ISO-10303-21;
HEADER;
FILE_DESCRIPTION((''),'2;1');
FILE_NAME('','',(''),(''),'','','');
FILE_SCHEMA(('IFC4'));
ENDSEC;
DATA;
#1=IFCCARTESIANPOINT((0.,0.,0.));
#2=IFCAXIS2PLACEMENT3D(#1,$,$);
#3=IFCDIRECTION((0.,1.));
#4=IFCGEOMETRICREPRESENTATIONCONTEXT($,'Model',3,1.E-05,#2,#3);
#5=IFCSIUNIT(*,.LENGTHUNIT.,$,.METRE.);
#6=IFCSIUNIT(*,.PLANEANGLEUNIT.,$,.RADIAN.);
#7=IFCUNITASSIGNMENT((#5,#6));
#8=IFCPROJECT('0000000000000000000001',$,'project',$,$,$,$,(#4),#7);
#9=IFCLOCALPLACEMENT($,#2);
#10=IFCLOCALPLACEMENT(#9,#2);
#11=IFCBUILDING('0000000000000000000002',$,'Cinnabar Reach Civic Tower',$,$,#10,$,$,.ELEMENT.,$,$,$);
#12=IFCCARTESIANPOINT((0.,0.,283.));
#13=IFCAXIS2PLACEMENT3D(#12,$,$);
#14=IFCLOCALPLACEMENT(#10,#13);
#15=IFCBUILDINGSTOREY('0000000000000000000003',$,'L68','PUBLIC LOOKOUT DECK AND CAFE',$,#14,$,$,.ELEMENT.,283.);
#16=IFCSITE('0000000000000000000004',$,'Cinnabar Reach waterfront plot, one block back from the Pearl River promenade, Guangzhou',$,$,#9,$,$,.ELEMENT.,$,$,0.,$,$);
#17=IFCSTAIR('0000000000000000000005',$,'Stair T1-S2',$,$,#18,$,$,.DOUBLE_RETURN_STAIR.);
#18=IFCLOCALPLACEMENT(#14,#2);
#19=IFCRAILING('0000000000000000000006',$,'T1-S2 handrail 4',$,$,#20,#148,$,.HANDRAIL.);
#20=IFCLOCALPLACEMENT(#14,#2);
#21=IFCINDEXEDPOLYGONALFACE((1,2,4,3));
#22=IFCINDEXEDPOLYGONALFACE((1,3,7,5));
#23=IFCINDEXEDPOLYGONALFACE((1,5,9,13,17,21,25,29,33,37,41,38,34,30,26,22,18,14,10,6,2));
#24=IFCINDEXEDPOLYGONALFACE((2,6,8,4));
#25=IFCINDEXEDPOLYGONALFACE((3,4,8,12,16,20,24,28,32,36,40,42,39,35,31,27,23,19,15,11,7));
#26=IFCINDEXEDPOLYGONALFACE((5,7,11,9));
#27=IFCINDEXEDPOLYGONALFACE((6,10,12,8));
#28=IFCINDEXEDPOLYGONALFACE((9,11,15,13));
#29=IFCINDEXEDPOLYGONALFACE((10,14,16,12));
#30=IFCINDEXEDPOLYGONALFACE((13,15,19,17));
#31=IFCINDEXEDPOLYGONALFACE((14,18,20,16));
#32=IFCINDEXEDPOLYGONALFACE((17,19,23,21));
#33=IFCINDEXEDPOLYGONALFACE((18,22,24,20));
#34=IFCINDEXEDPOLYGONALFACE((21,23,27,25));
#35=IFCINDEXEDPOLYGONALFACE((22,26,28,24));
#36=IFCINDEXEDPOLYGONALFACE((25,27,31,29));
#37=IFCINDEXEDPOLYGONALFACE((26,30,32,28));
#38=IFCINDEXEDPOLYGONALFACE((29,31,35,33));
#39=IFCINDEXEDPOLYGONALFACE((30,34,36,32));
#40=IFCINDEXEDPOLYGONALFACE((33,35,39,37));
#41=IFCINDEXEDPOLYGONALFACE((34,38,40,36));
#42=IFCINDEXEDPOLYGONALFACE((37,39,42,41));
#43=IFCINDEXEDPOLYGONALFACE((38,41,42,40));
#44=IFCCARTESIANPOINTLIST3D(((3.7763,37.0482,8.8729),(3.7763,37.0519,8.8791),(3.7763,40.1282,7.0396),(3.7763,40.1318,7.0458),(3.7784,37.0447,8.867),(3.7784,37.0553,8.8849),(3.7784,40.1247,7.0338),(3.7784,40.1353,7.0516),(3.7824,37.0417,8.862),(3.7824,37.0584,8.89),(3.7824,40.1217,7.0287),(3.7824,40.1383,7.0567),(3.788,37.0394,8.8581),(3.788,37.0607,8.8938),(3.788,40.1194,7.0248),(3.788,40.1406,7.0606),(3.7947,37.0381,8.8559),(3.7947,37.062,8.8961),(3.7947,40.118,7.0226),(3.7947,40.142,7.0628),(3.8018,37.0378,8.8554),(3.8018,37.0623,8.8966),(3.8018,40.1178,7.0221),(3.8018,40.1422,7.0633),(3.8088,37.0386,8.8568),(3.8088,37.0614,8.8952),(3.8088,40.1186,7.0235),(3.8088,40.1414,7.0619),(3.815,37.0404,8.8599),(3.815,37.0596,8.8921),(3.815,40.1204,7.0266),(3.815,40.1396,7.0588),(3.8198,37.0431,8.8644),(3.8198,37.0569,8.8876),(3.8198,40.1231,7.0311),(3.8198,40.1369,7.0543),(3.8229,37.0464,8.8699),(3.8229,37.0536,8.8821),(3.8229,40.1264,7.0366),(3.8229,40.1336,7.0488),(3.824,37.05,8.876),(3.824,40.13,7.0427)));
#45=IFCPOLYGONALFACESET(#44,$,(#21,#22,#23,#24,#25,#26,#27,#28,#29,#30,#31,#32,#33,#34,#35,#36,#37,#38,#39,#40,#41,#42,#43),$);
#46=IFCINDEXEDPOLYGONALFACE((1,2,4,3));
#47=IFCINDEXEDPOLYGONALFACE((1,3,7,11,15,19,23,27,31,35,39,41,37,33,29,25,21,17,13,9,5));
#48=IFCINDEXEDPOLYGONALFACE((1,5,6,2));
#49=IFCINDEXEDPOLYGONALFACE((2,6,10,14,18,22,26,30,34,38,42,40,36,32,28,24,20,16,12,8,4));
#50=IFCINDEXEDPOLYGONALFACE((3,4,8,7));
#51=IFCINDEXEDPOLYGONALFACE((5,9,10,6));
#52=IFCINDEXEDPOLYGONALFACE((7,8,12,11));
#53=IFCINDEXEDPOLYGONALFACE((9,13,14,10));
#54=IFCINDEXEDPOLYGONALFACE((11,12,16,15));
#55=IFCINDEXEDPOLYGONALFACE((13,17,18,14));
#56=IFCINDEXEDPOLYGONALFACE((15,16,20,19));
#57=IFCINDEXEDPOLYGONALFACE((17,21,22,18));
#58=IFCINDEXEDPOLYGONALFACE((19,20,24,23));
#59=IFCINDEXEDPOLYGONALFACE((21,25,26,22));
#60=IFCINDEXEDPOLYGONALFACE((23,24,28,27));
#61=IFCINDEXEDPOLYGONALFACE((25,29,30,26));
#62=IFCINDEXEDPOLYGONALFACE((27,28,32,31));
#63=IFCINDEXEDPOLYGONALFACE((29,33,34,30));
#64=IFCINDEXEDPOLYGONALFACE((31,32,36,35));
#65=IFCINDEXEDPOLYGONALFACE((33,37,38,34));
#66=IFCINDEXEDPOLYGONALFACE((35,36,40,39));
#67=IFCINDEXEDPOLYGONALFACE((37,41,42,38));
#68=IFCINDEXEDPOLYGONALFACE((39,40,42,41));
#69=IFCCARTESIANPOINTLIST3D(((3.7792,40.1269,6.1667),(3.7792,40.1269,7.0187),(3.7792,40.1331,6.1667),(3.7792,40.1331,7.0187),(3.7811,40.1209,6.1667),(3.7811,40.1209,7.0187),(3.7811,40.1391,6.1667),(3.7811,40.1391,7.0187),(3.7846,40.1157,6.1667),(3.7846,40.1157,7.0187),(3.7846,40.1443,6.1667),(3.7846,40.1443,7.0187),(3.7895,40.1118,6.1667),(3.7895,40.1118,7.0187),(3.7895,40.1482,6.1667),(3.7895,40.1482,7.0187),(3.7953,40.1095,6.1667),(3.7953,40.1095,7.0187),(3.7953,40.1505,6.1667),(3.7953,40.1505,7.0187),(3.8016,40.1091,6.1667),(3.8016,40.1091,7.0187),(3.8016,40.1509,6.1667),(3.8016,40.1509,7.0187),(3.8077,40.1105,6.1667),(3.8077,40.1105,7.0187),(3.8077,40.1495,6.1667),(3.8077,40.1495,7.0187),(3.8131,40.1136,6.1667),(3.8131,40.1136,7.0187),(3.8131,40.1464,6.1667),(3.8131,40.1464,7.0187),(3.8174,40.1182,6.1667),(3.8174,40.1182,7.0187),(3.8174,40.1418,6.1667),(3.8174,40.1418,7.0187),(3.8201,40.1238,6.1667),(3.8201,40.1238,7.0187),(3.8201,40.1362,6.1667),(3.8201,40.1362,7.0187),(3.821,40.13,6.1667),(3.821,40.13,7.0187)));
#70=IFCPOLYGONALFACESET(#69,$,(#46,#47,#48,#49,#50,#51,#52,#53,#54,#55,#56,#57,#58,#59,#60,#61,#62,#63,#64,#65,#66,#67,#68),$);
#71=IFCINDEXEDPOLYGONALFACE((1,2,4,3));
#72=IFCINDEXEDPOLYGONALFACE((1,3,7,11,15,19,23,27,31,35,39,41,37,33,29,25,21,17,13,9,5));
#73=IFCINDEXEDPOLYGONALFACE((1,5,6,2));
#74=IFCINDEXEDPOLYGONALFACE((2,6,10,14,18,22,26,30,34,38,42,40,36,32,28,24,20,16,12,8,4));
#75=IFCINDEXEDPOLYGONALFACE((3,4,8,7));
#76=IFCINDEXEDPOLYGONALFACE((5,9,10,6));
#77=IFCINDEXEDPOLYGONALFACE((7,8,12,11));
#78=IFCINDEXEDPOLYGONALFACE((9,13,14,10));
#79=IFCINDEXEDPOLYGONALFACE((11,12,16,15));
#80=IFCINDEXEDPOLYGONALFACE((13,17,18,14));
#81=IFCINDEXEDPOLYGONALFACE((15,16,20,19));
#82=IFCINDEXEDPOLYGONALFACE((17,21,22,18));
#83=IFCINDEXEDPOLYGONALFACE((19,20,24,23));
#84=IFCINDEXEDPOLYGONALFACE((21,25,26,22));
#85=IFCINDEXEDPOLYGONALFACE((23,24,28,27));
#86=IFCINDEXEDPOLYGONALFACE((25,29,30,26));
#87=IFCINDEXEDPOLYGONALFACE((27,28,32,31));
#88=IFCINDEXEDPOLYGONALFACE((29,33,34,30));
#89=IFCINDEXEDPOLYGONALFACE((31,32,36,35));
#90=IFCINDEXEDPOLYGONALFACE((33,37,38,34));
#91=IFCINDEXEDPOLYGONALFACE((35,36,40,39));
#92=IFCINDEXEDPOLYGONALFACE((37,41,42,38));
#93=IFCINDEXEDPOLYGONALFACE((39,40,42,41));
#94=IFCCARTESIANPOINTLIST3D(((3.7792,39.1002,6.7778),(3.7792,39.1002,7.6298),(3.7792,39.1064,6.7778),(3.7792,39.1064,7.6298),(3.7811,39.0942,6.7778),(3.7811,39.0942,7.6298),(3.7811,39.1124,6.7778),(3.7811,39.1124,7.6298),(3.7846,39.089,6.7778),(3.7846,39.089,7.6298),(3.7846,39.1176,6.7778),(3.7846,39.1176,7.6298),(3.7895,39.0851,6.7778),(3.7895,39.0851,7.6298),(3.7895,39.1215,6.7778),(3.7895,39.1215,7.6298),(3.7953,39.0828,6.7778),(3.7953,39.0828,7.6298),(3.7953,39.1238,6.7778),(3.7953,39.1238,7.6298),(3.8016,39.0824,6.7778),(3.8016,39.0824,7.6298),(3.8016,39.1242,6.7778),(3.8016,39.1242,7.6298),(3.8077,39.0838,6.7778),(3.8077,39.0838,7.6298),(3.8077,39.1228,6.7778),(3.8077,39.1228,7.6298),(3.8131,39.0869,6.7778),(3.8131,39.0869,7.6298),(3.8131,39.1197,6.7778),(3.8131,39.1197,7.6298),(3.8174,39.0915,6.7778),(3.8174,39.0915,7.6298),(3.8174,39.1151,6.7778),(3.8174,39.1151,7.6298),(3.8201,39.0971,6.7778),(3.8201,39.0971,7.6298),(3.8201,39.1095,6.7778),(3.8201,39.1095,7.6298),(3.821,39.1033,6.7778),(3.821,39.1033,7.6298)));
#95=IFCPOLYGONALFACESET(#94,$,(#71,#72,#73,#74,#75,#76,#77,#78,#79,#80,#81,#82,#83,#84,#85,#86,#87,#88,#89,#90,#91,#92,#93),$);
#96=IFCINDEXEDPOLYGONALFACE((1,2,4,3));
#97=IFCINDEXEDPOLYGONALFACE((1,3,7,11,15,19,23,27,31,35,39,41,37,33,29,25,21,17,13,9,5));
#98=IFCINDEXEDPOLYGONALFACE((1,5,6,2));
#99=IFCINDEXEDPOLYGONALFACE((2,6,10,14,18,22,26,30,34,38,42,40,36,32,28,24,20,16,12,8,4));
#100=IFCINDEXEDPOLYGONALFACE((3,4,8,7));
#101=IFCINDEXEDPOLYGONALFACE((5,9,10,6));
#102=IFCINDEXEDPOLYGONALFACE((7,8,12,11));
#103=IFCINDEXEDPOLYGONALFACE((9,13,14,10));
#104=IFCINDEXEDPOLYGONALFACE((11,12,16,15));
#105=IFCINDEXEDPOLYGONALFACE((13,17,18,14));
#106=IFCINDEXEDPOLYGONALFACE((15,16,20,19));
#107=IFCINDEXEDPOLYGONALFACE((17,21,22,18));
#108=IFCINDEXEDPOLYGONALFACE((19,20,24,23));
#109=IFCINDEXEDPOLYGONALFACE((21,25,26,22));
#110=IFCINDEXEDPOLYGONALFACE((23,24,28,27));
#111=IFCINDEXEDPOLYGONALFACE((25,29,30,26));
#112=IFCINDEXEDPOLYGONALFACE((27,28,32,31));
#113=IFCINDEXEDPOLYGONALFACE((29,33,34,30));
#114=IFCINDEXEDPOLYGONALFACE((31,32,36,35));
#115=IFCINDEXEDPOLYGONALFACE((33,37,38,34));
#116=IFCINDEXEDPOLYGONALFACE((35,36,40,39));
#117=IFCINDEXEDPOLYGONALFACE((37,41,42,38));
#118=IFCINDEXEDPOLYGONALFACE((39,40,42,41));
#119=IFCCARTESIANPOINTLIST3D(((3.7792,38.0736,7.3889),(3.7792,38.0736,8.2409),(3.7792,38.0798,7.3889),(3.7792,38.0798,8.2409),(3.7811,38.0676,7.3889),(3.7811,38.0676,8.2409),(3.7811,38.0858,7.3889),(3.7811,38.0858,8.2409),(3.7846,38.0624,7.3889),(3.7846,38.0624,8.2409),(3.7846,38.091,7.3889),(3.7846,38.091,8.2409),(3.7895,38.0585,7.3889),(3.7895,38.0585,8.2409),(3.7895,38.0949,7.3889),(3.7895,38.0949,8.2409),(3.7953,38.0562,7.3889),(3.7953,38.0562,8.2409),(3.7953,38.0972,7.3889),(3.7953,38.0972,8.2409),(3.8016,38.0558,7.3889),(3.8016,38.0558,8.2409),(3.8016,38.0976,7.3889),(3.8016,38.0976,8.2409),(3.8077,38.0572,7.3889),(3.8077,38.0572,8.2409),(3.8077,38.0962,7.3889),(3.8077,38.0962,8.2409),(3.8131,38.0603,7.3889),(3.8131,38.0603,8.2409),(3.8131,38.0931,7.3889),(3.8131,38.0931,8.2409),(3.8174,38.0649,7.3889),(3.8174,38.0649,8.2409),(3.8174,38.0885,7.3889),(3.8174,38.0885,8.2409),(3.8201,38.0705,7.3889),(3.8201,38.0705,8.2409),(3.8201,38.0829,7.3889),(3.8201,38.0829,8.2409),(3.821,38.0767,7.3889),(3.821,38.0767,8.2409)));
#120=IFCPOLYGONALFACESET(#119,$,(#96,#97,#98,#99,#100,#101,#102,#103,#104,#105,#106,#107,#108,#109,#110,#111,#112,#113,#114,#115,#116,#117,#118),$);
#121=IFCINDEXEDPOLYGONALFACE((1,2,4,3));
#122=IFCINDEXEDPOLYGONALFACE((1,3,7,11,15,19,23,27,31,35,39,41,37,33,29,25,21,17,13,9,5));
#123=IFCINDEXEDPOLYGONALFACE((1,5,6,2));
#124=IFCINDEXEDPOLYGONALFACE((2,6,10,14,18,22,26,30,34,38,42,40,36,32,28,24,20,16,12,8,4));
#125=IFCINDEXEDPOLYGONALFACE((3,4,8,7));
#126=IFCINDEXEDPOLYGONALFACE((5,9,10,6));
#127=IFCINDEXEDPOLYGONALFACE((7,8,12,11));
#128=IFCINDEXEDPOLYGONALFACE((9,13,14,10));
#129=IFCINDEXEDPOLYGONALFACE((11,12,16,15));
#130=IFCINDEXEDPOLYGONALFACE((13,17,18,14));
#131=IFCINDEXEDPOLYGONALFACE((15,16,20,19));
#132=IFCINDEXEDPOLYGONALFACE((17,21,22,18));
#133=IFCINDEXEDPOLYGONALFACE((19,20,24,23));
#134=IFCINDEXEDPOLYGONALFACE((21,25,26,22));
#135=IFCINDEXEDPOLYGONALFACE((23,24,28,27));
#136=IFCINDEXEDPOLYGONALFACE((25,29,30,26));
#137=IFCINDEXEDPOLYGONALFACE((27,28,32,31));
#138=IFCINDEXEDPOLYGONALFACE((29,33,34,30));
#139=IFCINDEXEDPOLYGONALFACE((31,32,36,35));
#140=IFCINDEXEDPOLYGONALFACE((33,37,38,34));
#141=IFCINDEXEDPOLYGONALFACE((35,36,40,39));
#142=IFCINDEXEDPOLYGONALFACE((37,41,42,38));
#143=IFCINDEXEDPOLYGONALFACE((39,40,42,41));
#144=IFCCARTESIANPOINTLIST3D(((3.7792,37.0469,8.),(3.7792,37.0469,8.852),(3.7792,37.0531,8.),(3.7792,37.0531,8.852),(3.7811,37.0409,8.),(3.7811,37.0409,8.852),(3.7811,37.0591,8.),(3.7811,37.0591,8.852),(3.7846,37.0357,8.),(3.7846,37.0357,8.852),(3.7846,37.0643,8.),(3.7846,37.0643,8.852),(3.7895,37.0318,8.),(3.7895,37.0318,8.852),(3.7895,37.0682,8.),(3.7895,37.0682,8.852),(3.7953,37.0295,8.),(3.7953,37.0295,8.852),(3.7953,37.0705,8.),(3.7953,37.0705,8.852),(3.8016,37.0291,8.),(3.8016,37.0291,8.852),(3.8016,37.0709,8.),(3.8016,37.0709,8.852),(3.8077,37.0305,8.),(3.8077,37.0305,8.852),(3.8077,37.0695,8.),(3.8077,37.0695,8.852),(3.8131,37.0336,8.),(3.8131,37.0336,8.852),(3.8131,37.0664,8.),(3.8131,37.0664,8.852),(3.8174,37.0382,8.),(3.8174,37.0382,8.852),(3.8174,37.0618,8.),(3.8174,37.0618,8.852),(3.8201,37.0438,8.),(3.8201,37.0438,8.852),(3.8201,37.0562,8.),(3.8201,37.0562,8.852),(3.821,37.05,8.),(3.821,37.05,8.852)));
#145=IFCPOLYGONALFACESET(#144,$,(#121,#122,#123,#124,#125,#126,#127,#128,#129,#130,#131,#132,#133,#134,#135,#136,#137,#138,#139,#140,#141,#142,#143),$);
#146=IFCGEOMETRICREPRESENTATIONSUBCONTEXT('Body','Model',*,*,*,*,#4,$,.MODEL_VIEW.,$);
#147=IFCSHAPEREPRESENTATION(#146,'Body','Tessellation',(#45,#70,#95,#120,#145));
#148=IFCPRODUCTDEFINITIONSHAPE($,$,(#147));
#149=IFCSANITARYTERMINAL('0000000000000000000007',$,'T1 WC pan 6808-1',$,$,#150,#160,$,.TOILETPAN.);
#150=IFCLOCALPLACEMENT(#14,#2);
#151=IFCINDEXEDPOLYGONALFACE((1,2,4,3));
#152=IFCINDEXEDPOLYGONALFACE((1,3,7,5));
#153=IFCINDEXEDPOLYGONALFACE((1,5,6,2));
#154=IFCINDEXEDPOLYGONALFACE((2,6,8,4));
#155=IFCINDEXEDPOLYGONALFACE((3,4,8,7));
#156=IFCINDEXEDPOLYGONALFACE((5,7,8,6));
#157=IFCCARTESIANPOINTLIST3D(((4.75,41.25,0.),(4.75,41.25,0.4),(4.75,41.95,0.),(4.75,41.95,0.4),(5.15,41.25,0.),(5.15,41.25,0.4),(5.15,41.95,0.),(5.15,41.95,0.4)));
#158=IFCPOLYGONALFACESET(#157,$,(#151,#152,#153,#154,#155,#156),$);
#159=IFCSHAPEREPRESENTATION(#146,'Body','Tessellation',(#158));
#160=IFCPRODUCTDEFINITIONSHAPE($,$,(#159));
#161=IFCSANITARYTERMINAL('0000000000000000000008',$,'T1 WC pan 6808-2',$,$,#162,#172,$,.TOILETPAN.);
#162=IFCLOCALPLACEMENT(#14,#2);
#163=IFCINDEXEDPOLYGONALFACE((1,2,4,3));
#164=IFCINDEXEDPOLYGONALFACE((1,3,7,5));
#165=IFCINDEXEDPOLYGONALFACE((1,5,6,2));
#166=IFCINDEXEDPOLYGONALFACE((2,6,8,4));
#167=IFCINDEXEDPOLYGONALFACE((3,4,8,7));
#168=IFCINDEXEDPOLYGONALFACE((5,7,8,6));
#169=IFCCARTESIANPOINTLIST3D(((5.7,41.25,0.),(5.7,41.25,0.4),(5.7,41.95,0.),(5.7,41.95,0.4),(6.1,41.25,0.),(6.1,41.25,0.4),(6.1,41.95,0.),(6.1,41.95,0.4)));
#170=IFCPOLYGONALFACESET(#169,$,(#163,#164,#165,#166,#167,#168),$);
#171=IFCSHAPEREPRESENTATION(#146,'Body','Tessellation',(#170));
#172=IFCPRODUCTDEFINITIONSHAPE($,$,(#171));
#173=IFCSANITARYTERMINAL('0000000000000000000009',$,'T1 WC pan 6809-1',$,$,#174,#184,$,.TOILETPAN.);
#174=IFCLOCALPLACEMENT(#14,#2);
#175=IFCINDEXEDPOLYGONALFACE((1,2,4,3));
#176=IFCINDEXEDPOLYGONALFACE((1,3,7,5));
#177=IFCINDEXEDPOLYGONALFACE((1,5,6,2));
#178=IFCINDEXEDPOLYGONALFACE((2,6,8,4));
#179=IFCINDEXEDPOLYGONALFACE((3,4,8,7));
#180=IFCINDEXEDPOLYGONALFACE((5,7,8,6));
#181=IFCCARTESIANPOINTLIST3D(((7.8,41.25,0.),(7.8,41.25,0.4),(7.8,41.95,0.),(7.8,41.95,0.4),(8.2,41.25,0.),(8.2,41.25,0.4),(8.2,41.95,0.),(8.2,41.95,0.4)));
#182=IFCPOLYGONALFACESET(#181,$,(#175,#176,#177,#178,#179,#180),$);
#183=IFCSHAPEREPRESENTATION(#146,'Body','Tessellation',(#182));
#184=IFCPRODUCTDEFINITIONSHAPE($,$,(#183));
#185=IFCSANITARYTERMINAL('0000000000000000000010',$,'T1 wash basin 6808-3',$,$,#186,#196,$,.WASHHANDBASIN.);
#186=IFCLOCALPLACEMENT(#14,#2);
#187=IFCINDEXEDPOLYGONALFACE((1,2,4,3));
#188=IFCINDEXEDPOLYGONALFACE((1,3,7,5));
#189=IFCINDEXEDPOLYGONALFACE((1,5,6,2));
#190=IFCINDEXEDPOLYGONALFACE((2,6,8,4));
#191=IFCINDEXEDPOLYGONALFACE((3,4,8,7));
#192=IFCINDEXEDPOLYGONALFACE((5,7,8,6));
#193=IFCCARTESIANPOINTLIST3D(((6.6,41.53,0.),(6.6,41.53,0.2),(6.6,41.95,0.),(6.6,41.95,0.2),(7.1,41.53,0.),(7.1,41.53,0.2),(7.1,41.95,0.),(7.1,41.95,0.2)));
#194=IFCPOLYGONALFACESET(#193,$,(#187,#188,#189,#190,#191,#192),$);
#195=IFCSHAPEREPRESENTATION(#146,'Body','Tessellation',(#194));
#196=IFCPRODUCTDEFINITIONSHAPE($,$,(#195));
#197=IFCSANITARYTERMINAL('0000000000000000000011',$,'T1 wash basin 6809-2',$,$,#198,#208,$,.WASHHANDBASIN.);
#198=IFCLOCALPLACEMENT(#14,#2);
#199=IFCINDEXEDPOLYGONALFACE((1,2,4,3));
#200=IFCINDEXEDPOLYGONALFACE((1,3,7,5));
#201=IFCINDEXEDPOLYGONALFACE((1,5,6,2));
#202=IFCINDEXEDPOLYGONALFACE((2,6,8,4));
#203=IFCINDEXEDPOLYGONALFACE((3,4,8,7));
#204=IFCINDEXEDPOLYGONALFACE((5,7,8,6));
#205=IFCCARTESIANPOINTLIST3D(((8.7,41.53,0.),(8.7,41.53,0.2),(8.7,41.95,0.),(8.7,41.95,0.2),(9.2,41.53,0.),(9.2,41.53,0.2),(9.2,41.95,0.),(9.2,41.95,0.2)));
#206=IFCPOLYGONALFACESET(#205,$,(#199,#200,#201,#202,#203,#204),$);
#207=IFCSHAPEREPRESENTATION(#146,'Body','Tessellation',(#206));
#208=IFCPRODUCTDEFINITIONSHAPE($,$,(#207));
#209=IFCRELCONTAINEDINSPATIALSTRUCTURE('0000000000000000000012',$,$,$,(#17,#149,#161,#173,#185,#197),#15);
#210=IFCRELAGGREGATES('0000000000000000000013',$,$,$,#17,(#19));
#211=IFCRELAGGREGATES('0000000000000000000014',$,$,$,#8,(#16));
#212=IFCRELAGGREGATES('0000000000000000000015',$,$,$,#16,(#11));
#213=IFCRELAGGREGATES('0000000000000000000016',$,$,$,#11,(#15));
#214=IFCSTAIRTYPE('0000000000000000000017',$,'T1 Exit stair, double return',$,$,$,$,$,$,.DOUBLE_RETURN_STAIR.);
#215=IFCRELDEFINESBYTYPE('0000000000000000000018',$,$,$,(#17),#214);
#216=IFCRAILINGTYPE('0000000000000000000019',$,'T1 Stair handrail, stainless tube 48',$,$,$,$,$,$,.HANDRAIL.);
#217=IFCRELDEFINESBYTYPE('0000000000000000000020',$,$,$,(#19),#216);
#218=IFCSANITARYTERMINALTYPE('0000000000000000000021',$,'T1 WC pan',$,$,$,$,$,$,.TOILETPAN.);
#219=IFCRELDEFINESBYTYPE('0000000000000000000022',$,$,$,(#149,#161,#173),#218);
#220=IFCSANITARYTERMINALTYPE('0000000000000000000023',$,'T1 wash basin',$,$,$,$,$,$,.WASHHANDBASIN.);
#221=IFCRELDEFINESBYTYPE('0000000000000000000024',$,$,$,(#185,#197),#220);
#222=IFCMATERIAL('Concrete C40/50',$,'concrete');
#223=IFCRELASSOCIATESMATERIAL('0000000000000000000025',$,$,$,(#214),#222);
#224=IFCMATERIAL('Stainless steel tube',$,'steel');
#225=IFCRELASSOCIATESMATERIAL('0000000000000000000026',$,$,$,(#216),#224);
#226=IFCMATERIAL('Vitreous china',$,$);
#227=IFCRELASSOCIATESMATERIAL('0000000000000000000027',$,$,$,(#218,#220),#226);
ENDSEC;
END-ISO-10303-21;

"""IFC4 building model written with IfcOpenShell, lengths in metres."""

from ifc_helpers import new_model, si_unit, direction, frame, origin, origin_2d, place, context, subcontext, project, spatial, rectangle, circle, extrude, material, type_object, element, aggregate, save


model = new_model("IFC4")

# Units and contexts
model_context = context("Model", 3, precision=1e-05, world=origin(), true_north=direction((0.0, 1.0)))
body_context = subcontext(model_context, "Body", "Model", "MODEL_VIEW")
ifc_project = project(units=[si_unit("LENGTHUNIT", "METRE"), si_unit("PLANEANGLEUNIT", "RADIAN")], contexts=[model_context])

# Site, building, storey
site_placement = place(None, origin())
site = spatial("IfcSite", under=ifc_project, at=site_placement, Name="Cinnabar Reach waterfront plot, one block back from the Pearl River promenade, Guangzhou", CompositionType="ELEMENT", RefElevation=0.0)
building_placement = place(site_placement, origin())
building = spatial("IfcBuilding", under=site, at=building_placement, Name="Cinnabar Reach Civic Tower", CompositionType="ELEMENT")
storey_placement = place(building_placement, frame((0.0, 0.0, 283.0)))
storey = spatial("IfcBuildingStorey", under=building, at=storey_placement, Name="L68", Description="PUBLIC LOOKOUT DECK AND CAFE", CompositionType="ELEMENT", Elevation=283.0)

# Shared definitions
ifc_material_1 = material(Name="Concrete C40/50", Category="concrete")

# Stair, railing
stair_type = type_object("IfcStairType", Name="T1 Exit stair, double return", PredefinedType="DOUBLE_RETURN_STAIR", material=ifc_material_1)
stair_placement = place(storey_placement, origin())
stair = element("IfcStair", 1, at=stair_placement, inside=storey, type_object=stair_type, Name="Stair T1-S2", PredefinedType="DOUBLE_RETURN_STAIR")
ifc_material_2 = material(Name="Stainless steel tube", Category="steel")
railing_type = type_object("IfcRailingType", Name="T1 Stair handrail, stainless tube 48", PredefinedType="HANDRAIL", material=ifc_material_2)
railing_1_placement = place(storey_placement, frame((3.8, 40.13, 6.1667)))
railing_1 = element("IfcRailing", 2, at=railing_1_placement, type_object=railing_type, Name="T1-S2 handrail 4", PredefinedType="HANDRAIL", context=body_context, shape_type="SweptSolid", body=[
    extrude(circle(Radius=0.024, at=origin_2d()), frame((0.0, 0.0, 0.876), z_axis=(0.0, -0.859297, 0.511477), x_axis=(1.0, 0.0, 0.0)), (0.0, 0.0, 1.0), 3.5843),
    extrude(circle(Radius=0.021, at=origin_2d()), origin(), (0.0, 0.0, 1.0), 0.852),
    extrude(circle(Radius=0.021, at=origin_2d()), frame((0.0, -1.0267, 0.6111)), (0.0, 0.0, 1.0), 0.852),
    extrude(circle(Radius=0.021, at=origin_2d()), frame((0.0, -2.0533, 1.2222)), (0.0, 0.0, 1.0), 0.852),
    extrude(circle(Radius=0.021, at=origin_2d()), frame((0.0, -3.08, 1.8333)), (0.0, 0.0, 1.0), 0.852),
])
aggregate(stair, [railing_1])

# Sanitary terminals
ifc_material_3 = material(Name="Vitreous china")
sanitary_terminal_type_1 = type_object("IfcSanitaryTerminalType", Name="T1 WC pan", PredefinedType="TOILETPAN", material=ifc_material_3)
for number, where, z_axis, x_axis, name in (
    (3, (4.95, 41.6, 0.0), (0.0, 0.0, 1.0), (1.0, 0.0, 0.0), "T1 WC pan 6808-1"),
    (4, (5.9, 41.6, 0.0), (0.0, 0.0, 1.0), (1.0, 0.0, 0.0), "T1 WC pan 6808-2"),
    (5, (8.0, 41.6, 0.0), (0.0, 0.0, 1.0), (1.0, 0.0, 0.0), "T1 WC pan 6809-1"),
):
    element("IfcSanitaryTerminal", number, at=place(storey_placement, frame(where, z_axis=z_axis, x_axis=x_axis)), inside=storey, type_object=sanitary_terminal_type_1, Name=name, PredefinedType="TOILETPAN", context=body_context, shape_type="SweptSolid", body=[
        extrude(rectangle(XDim=0.4, YDim=0.7, at=origin_2d()), origin(), (0.0, 0.0, 1.0), 0.4),
    ])
sanitary_terminal_type_2 = type_object("IfcSanitaryTerminalType", Name="T1 wash basin", PredefinedType="WASHHANDBASIN", material=ifc_material_3)
for number, where, z_axis, x_axis, name in (
    (6, (6.85, 41.74, 0.0), (0.0, 0.0, 1.0), (1.0, 0.0, 0.0), "T1 wash basin 6808-3"),
    (7, (8.95, 41.74, 0.0), (0.0, 0.0, 1.0), (1.0, 0.0, 0.0), "T1 wash basin 6809-2"),
):
    element("IfcSanitaryTerminal", number, at=place(storey_placement, frame(where, z_axis=z_axis, x_axis=x_axis)), inside=storey, type_object=sanitary_terminal_type_2, Name=name, PredefinedType="WASHHANDBASIN", context=body_context, shape_type="SweptSolid", body=[
        extrude(rectangle(XDim=0.5, YDim=0.42, at=origin_2d()), origin(), (0.0, 0.0, 1.0), 0.2),
    ])

save(model, "model.ifc")
